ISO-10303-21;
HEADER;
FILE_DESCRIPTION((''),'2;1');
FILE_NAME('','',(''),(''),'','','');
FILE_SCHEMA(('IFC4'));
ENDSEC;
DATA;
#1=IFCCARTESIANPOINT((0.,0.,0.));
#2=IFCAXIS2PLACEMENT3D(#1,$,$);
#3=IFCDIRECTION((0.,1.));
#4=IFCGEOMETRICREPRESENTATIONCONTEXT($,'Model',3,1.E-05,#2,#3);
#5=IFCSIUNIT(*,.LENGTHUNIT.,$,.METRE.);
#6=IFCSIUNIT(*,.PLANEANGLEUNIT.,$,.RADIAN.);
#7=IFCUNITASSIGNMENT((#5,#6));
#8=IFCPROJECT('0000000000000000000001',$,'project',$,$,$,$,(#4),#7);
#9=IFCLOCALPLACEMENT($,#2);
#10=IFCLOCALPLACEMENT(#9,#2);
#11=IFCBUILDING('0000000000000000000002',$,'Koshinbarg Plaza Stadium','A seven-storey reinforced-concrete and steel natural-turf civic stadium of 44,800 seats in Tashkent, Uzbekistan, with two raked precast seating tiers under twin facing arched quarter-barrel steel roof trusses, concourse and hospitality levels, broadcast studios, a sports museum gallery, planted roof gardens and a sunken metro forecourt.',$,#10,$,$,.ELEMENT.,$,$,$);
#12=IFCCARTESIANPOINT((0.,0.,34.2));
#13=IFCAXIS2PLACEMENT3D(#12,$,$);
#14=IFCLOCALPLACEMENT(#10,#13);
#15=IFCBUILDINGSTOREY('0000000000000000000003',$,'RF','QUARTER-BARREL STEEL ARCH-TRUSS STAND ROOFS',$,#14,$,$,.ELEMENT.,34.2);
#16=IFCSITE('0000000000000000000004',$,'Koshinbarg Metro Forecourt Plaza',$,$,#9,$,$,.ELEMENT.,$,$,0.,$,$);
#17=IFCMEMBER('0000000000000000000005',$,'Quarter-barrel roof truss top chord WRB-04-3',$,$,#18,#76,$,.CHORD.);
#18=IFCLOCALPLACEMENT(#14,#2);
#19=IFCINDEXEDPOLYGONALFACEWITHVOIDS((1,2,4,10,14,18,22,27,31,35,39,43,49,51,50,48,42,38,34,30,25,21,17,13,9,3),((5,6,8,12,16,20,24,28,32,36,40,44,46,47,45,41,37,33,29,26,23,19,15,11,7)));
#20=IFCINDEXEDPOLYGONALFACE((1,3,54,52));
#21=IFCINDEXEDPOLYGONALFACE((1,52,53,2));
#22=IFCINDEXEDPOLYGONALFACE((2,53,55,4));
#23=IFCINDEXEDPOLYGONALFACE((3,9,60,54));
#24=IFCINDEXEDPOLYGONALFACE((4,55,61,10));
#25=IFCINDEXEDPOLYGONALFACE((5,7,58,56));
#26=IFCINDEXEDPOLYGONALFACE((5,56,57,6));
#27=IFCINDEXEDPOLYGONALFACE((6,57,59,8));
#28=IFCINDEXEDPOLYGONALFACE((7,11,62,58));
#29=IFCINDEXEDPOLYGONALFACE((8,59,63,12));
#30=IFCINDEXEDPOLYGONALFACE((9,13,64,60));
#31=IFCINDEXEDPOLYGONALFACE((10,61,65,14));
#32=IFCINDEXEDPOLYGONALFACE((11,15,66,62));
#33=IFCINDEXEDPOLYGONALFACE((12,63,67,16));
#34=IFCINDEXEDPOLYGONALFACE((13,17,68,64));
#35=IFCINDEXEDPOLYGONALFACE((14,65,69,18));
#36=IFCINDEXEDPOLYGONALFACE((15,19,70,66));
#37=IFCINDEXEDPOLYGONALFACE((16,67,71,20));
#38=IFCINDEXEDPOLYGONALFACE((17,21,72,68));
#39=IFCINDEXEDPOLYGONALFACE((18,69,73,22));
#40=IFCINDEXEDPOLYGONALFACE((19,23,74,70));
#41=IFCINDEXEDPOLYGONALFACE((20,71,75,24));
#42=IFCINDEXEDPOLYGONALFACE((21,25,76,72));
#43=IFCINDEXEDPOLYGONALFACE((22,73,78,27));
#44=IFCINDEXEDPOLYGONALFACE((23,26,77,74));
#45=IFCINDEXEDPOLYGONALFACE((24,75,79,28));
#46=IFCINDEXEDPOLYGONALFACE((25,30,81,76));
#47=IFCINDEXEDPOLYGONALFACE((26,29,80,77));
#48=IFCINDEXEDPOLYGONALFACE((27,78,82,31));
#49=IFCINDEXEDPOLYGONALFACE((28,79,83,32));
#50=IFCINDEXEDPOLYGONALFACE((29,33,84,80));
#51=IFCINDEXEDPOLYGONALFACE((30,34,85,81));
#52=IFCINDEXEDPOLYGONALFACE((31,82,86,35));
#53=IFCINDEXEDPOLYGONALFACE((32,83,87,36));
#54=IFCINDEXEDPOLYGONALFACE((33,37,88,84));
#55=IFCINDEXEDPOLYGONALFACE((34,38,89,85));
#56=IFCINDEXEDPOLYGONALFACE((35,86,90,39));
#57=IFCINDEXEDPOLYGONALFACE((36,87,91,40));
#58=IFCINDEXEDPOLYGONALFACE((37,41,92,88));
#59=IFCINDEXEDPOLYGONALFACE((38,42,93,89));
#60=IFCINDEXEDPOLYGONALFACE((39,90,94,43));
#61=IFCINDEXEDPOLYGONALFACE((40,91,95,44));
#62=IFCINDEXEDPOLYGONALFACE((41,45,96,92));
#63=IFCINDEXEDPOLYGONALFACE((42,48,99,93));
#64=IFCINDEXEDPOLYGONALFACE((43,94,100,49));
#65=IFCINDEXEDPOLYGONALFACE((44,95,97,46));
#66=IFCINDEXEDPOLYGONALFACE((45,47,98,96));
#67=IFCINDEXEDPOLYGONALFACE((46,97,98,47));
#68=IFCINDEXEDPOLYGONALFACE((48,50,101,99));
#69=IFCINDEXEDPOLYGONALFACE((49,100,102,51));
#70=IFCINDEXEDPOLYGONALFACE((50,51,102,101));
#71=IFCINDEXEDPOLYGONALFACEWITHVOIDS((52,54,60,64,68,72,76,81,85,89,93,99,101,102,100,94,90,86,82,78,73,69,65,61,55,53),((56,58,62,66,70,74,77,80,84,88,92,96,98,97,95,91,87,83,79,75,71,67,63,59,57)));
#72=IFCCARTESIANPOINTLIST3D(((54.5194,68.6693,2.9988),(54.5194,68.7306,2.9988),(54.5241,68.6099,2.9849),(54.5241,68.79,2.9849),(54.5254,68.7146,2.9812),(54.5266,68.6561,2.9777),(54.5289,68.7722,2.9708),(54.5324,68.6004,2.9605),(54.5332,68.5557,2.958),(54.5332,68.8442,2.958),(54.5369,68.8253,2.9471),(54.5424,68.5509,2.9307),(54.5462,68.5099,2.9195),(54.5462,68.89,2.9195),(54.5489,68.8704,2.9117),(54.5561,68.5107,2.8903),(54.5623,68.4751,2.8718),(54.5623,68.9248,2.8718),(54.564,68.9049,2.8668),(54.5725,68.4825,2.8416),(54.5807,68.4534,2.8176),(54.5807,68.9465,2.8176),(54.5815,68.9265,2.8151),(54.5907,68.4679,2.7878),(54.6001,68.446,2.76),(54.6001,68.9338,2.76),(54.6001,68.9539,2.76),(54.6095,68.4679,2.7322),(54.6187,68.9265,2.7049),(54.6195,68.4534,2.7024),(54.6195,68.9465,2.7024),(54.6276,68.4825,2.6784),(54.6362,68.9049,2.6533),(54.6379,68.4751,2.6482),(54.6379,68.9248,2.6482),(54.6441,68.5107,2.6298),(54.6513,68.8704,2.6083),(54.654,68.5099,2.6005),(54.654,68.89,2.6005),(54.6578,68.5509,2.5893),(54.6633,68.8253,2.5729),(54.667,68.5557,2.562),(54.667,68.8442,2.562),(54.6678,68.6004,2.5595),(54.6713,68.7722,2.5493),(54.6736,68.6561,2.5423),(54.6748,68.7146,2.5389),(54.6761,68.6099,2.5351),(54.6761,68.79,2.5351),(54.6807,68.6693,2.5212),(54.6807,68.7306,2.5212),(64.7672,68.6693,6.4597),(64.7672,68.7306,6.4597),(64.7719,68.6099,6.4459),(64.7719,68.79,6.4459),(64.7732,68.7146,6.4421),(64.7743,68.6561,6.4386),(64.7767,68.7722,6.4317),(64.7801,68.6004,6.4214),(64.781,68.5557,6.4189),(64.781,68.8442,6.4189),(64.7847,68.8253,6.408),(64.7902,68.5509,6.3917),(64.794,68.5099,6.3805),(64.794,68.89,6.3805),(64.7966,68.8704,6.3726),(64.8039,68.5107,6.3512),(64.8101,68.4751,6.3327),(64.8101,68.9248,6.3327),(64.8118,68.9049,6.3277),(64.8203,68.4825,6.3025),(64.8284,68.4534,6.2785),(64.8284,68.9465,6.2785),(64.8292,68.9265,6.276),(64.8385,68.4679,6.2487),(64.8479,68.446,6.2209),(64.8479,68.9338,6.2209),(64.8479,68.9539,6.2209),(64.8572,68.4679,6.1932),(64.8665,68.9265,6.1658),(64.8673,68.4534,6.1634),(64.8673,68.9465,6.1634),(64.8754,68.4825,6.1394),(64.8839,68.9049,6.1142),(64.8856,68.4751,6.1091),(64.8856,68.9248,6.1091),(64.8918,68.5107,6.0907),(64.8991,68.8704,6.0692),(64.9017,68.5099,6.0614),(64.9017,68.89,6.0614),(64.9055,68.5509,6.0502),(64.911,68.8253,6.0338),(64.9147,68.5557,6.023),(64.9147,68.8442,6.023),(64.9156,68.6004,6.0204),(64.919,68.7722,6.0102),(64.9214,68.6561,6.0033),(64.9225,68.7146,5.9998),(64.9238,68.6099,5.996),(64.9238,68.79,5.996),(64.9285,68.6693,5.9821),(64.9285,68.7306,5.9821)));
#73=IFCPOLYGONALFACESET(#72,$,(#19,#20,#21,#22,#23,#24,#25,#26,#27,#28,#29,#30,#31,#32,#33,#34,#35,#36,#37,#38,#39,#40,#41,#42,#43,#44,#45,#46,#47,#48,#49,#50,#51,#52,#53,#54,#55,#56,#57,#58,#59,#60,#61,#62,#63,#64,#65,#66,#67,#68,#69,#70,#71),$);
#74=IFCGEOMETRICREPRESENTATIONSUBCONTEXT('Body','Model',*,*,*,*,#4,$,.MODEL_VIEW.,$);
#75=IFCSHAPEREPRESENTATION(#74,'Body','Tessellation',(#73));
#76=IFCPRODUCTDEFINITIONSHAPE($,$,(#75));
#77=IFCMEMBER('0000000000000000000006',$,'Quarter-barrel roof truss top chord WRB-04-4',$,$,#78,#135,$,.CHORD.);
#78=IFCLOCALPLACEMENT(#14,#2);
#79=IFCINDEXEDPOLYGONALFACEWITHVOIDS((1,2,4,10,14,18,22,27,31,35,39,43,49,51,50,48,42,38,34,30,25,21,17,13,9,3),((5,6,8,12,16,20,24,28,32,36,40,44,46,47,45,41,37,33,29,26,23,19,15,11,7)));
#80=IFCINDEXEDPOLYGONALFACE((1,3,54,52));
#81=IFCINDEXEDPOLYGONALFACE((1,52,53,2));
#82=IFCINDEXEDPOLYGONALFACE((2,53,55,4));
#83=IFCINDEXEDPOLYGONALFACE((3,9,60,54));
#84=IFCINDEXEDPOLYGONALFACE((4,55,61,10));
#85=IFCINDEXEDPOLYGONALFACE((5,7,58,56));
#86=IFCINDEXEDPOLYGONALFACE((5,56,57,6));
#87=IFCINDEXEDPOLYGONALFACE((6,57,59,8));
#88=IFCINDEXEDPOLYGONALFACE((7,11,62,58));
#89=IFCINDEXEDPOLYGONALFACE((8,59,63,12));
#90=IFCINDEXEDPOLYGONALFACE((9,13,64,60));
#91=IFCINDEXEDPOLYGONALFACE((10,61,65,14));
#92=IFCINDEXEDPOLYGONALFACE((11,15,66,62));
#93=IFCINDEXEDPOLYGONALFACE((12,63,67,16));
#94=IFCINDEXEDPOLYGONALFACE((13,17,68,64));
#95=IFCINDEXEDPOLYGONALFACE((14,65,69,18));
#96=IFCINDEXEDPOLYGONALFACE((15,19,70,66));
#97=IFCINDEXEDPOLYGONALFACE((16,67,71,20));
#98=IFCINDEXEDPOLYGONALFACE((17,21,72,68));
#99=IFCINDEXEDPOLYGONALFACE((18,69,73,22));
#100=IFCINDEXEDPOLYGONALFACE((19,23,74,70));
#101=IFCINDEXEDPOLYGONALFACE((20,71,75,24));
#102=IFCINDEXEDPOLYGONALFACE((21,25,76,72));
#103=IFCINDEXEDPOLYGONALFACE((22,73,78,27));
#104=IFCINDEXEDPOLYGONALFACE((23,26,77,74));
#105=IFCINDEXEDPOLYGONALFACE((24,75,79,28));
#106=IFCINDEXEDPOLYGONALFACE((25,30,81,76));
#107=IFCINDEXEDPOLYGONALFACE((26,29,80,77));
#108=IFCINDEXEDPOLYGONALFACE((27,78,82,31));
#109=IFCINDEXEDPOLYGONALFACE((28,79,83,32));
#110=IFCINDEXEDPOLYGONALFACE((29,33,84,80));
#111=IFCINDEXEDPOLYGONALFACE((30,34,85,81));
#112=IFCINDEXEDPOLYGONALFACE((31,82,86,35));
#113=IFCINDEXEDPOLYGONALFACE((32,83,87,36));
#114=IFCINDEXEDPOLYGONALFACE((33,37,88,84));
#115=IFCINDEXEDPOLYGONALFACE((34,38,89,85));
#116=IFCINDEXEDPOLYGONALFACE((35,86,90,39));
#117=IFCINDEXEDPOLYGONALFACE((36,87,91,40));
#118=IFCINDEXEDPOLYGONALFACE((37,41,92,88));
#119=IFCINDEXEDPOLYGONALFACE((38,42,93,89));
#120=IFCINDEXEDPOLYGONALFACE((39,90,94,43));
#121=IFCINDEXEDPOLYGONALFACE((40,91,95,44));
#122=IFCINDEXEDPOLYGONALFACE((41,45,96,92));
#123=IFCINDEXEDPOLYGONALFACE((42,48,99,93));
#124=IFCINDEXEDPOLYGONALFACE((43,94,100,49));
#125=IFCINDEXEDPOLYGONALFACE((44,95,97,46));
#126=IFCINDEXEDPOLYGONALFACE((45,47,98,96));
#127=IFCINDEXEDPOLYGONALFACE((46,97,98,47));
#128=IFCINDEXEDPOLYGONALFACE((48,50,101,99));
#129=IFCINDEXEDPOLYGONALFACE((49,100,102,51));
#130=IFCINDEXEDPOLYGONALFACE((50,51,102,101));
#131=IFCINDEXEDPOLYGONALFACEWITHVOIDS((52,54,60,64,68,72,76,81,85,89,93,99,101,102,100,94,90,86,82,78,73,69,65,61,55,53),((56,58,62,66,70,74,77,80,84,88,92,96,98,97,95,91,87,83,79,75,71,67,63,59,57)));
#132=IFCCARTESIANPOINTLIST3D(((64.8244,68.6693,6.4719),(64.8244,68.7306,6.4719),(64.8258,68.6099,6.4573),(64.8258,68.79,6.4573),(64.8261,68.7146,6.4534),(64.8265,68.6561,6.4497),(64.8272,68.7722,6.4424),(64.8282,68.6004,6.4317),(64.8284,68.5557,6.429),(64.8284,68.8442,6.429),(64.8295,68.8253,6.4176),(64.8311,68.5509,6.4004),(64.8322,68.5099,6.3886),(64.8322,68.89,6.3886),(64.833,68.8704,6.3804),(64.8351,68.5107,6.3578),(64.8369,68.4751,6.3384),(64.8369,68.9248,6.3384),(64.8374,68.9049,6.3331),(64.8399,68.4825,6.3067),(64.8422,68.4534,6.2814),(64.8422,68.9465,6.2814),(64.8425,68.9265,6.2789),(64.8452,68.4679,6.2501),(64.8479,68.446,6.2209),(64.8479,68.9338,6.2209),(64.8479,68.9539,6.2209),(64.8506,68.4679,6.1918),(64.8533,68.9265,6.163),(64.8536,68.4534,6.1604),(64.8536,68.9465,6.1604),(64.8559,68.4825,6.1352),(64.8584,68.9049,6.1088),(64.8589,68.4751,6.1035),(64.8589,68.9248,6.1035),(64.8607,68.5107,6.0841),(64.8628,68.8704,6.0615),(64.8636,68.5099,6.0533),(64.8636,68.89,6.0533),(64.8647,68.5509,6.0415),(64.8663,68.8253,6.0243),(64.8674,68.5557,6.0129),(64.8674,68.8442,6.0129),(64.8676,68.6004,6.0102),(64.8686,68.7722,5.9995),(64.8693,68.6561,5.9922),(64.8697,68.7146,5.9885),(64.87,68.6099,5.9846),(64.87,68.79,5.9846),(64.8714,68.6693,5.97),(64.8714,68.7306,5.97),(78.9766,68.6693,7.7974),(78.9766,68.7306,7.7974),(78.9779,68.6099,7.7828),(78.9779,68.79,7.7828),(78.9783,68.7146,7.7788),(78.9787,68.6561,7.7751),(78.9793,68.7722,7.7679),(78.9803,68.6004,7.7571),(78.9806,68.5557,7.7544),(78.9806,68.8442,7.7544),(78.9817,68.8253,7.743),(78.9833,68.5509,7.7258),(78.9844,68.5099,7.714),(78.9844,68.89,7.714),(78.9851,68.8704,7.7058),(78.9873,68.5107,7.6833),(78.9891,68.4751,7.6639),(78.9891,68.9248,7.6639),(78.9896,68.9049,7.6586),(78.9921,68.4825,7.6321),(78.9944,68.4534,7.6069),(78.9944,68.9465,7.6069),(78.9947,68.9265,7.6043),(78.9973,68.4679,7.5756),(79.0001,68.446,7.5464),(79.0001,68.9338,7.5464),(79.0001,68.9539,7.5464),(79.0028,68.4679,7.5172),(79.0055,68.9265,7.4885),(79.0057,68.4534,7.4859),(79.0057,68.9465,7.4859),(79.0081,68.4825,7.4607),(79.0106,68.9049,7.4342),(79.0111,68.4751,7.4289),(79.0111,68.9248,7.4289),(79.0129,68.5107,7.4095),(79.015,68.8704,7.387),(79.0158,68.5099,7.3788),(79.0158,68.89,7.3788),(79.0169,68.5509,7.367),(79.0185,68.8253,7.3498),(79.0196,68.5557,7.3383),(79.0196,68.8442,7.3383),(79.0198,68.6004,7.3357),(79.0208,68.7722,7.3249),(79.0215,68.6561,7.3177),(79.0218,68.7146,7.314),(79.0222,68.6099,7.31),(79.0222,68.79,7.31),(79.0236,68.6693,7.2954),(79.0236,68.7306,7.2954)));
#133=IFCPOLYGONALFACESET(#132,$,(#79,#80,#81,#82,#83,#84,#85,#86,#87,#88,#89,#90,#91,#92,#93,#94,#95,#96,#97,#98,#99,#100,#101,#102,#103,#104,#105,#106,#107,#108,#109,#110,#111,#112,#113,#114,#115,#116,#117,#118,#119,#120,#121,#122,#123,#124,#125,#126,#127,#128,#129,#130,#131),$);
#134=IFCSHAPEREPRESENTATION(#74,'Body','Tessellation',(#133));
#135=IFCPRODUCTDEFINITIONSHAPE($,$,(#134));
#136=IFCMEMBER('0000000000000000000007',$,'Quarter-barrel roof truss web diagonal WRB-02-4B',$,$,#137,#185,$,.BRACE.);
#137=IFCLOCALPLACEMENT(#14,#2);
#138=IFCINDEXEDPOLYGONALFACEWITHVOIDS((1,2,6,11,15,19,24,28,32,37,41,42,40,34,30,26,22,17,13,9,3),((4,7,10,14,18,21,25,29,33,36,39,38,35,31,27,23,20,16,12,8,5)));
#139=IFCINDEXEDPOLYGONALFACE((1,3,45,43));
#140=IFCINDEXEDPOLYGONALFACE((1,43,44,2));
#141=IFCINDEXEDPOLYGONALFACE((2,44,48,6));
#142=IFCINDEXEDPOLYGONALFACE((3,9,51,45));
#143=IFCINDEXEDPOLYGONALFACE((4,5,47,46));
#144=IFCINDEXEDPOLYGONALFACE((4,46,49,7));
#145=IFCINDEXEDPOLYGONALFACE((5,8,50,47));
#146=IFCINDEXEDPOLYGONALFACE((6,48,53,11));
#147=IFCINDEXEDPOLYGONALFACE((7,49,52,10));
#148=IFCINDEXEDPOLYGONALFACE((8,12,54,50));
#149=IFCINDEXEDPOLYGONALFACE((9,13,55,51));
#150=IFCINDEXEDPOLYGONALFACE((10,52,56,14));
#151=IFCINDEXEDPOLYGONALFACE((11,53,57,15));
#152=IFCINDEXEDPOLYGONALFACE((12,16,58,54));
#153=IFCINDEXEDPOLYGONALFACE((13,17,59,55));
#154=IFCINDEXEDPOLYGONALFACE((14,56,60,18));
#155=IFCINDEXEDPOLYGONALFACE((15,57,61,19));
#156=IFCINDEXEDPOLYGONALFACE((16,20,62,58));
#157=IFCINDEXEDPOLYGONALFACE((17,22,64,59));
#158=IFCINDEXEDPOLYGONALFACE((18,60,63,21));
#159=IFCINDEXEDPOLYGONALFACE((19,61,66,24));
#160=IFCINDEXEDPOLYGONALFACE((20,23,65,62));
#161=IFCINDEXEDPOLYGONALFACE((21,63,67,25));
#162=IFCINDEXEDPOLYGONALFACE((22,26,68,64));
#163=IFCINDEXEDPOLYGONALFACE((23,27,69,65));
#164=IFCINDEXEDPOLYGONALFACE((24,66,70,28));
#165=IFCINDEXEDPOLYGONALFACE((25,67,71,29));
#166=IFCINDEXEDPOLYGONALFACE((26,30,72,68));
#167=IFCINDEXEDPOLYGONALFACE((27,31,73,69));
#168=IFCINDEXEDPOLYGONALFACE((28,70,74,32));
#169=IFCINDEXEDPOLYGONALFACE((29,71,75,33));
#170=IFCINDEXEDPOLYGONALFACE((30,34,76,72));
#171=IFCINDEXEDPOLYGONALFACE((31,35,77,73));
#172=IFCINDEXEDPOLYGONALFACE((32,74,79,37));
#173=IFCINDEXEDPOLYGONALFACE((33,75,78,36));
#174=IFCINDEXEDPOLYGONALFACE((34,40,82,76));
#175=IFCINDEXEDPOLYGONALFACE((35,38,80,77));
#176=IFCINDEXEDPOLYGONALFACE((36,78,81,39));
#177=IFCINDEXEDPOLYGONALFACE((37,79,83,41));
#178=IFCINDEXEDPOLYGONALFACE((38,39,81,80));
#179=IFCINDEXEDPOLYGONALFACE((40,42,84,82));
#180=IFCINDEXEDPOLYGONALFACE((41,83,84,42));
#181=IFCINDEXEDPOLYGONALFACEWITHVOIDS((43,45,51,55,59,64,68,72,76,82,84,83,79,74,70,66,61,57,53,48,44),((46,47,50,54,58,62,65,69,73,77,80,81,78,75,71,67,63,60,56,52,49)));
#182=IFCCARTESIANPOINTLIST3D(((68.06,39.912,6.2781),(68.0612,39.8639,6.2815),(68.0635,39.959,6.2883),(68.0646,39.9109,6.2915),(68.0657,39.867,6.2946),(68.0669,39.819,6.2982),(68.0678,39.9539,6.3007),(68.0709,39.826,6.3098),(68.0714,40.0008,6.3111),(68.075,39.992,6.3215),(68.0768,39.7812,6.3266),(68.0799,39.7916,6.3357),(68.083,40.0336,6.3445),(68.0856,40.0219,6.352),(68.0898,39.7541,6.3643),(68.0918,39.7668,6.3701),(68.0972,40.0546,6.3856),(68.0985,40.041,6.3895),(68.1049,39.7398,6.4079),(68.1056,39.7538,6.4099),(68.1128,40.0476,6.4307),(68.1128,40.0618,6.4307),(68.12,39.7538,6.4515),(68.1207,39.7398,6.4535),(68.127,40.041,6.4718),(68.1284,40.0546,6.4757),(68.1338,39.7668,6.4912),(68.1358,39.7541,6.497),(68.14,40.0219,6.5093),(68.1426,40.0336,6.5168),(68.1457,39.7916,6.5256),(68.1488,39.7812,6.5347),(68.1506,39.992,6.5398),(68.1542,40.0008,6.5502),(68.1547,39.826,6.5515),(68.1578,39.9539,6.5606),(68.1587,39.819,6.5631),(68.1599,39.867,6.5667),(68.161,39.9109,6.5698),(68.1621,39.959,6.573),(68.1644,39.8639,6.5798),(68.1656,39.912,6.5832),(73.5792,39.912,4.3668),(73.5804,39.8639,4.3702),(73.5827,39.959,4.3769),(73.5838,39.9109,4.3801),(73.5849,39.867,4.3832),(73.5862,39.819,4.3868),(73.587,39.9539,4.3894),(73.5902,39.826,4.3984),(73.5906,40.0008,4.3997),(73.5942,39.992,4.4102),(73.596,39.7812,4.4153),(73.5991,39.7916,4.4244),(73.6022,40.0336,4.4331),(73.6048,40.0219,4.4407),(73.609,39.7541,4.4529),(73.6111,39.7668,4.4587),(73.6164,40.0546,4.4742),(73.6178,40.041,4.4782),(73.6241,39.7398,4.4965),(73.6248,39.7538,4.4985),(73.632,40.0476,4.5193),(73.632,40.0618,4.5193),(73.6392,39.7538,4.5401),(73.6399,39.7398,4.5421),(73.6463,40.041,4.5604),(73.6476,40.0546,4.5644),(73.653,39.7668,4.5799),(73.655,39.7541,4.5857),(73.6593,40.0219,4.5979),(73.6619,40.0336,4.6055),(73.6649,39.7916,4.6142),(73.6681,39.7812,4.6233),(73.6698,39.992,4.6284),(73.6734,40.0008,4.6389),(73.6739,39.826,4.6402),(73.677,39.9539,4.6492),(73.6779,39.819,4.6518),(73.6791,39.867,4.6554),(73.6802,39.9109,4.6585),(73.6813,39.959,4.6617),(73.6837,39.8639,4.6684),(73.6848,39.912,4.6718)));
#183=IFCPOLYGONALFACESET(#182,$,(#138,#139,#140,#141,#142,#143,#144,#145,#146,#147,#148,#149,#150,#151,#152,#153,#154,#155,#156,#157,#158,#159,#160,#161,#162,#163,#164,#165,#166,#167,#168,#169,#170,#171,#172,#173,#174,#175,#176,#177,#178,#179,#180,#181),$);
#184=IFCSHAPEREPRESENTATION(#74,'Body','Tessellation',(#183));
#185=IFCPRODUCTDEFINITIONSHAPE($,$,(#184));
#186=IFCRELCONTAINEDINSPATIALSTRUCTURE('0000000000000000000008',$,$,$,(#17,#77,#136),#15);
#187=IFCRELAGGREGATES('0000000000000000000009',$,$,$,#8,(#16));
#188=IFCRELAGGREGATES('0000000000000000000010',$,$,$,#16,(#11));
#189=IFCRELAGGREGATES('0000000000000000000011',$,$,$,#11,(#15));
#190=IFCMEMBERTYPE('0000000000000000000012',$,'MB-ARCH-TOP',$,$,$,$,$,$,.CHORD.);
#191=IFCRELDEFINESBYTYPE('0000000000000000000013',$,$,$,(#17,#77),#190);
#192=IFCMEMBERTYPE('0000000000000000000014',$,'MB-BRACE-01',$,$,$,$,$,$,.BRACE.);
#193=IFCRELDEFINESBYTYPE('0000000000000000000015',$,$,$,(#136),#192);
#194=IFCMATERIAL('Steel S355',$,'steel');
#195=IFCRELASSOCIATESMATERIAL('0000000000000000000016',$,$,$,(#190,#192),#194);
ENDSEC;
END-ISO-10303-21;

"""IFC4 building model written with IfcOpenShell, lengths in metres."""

from ifc_helpers import new_model, si_unit, direction, frame, origin, origin_2d, place, context, subcontext, project, spatial, hollow_circle, extrude, material, material_profile, profile_set, type_object, element, save


model = new_model("IFC4")

# Units and contexts
model_context = context("Model", 3, precision=1e-05, world=origin(), true_north=direction((0.0, 1.0)))
body_context = subcontext(model_context, "Body", "Model", "MODEL_VIEW")
ifc_project = project(units=[si_unit("LENGTHUNIT", "METRE"), si_unit("PLANEANGLEUNIT", "RADIAN")], contexts=[model_context])

# Site, building, storey
site_placement = place(None, origin())
site = spatial("IfcSite", under=ifc_project, at=site_placement, Name="Koshinbarg Metro Forecourt Plaza", CompositionType="ELEMENT", RefElevation=0.0)
building_placement = place(site_placement, origin())
building = spatial("IfcBuilding", under=site, at=building_placement, Name="Koshinbarg Plaza Stadium", Description="A seven-storey reinforced-concrete and steel natural-turf civic stadium of 44,800 seats in Tashkent, Uzbekistan, with two raked precast seating tiers under twin facing arched quarter-barrel steel roof trusses, concourse and hospitality levels, broadcast studios, a sports museum gallery, planted roof gardens and a sunken metro forecourt.", CompositionType="ELEMENT")
storey_placement = place(building_placement, frame((0.0, 0.0, 34.2)))
storey = spatial("IfcBuildingStorey", under=building, at=storey_placement, Name="RF", Description="QUARTER-BARREL STEEL ARCH-TRUSS STAND ROOFS", CompositionType="ELEMENT", Elevation=34.2)

# Members
ifc_material_1 = material(Name="Steel S355", Category="steel")
ifc_material_profile_1 = material_profile(ifc_material_1, hollow_circle(Radius=0.2539, WallThickness=0.02, at=origin_2d()), Name="CHS 508x20")
ifc_profile_set_1 = profile_set([ifc_material_profile_1], Name="Steel S355")
member_type_1 = type_object("IfcMemberType", Name="MB-ARCH-TOP", PredefinedType="CHORD", material=ifc_profile_set_1)
member_1_placement = place(storey_placement, frame((54.6001, 68.7, 2.76), z_axis=(0.947428, 0.0, 0.31997), x_axis=(0.0, 1.0, 0.0)))
element("IfcMember", 1, at=member_1_placement, inside=storey, type_object=member_type_1, Name="Quarter-barrel roof truss top chord WRB-04-3", PredefinedType="CHORD", context=body_context, shape_type="SweptSolid", body=[
    extrude(hollow_circle(Radius=0.2539, WallThickness=0.02, at=origin_2d()), origin(), (0.0, 0.0, 1.0), 10.8164),
])
member_2_placement = place(storey_placement, frame((64.8479, 68.7, 6.2209), z_axis=(0.995643, 0.0, 0.093249), x_axis=(0.0, 1.0, 0.0)))
element("IfcMember", 2, at=member_2_placement, inside=storey, type_object=member_type_1, Name="Quarter-barrel roof truss top chord WRB-04-4", PredefinedType="CHORD", context=body_context, shape_type="SweptSolid", body=[
    extrude(hollow_circle(Radius=0.2539, WallThickness=0.02, at=origin_2d()), origin(), (0.0, 0.0, 1.0), 14.2141),
])
ifc_material_profile_2 = material_profile(ifc_material_1, hollow_circle(Radius=0.1619, WallThickness=0.0142, at=origin_2d()), Name="CHS 323.9x14.2")
ifc_profile_set_2 = profile_set([ifc_material_profile_2], Name="Steel S355")
member_type_2 = type_object("IfcMemberType", Name="MB-BRACE-01", PredefinedType="BRACE", material=ifc_profile_set_2)
member_3_placement = place(storey_placement, frame((68.1128, 39.8999, 6.4307), z_axis=(0.944941, 0.0, -0.327241), x_axis=(0.0, 1.0, 0.0)))
element("IfcMember", 3, at=member_3_placement, inside=storey, type_object=member_type_2, Name="Quarter-barrel roof truss web diagonal WRB-02-4B", PredefinedType="BRACE", context=body_context, shape_type="SweptSolid", body=[
    extrude(hollow_circle(Radius=0.1619, WallThickness=0.0142, at=origin_2d()), origin(), (0.0, 0.0, 1.0), 5.8408),
])

save(model, "model.ifc")
